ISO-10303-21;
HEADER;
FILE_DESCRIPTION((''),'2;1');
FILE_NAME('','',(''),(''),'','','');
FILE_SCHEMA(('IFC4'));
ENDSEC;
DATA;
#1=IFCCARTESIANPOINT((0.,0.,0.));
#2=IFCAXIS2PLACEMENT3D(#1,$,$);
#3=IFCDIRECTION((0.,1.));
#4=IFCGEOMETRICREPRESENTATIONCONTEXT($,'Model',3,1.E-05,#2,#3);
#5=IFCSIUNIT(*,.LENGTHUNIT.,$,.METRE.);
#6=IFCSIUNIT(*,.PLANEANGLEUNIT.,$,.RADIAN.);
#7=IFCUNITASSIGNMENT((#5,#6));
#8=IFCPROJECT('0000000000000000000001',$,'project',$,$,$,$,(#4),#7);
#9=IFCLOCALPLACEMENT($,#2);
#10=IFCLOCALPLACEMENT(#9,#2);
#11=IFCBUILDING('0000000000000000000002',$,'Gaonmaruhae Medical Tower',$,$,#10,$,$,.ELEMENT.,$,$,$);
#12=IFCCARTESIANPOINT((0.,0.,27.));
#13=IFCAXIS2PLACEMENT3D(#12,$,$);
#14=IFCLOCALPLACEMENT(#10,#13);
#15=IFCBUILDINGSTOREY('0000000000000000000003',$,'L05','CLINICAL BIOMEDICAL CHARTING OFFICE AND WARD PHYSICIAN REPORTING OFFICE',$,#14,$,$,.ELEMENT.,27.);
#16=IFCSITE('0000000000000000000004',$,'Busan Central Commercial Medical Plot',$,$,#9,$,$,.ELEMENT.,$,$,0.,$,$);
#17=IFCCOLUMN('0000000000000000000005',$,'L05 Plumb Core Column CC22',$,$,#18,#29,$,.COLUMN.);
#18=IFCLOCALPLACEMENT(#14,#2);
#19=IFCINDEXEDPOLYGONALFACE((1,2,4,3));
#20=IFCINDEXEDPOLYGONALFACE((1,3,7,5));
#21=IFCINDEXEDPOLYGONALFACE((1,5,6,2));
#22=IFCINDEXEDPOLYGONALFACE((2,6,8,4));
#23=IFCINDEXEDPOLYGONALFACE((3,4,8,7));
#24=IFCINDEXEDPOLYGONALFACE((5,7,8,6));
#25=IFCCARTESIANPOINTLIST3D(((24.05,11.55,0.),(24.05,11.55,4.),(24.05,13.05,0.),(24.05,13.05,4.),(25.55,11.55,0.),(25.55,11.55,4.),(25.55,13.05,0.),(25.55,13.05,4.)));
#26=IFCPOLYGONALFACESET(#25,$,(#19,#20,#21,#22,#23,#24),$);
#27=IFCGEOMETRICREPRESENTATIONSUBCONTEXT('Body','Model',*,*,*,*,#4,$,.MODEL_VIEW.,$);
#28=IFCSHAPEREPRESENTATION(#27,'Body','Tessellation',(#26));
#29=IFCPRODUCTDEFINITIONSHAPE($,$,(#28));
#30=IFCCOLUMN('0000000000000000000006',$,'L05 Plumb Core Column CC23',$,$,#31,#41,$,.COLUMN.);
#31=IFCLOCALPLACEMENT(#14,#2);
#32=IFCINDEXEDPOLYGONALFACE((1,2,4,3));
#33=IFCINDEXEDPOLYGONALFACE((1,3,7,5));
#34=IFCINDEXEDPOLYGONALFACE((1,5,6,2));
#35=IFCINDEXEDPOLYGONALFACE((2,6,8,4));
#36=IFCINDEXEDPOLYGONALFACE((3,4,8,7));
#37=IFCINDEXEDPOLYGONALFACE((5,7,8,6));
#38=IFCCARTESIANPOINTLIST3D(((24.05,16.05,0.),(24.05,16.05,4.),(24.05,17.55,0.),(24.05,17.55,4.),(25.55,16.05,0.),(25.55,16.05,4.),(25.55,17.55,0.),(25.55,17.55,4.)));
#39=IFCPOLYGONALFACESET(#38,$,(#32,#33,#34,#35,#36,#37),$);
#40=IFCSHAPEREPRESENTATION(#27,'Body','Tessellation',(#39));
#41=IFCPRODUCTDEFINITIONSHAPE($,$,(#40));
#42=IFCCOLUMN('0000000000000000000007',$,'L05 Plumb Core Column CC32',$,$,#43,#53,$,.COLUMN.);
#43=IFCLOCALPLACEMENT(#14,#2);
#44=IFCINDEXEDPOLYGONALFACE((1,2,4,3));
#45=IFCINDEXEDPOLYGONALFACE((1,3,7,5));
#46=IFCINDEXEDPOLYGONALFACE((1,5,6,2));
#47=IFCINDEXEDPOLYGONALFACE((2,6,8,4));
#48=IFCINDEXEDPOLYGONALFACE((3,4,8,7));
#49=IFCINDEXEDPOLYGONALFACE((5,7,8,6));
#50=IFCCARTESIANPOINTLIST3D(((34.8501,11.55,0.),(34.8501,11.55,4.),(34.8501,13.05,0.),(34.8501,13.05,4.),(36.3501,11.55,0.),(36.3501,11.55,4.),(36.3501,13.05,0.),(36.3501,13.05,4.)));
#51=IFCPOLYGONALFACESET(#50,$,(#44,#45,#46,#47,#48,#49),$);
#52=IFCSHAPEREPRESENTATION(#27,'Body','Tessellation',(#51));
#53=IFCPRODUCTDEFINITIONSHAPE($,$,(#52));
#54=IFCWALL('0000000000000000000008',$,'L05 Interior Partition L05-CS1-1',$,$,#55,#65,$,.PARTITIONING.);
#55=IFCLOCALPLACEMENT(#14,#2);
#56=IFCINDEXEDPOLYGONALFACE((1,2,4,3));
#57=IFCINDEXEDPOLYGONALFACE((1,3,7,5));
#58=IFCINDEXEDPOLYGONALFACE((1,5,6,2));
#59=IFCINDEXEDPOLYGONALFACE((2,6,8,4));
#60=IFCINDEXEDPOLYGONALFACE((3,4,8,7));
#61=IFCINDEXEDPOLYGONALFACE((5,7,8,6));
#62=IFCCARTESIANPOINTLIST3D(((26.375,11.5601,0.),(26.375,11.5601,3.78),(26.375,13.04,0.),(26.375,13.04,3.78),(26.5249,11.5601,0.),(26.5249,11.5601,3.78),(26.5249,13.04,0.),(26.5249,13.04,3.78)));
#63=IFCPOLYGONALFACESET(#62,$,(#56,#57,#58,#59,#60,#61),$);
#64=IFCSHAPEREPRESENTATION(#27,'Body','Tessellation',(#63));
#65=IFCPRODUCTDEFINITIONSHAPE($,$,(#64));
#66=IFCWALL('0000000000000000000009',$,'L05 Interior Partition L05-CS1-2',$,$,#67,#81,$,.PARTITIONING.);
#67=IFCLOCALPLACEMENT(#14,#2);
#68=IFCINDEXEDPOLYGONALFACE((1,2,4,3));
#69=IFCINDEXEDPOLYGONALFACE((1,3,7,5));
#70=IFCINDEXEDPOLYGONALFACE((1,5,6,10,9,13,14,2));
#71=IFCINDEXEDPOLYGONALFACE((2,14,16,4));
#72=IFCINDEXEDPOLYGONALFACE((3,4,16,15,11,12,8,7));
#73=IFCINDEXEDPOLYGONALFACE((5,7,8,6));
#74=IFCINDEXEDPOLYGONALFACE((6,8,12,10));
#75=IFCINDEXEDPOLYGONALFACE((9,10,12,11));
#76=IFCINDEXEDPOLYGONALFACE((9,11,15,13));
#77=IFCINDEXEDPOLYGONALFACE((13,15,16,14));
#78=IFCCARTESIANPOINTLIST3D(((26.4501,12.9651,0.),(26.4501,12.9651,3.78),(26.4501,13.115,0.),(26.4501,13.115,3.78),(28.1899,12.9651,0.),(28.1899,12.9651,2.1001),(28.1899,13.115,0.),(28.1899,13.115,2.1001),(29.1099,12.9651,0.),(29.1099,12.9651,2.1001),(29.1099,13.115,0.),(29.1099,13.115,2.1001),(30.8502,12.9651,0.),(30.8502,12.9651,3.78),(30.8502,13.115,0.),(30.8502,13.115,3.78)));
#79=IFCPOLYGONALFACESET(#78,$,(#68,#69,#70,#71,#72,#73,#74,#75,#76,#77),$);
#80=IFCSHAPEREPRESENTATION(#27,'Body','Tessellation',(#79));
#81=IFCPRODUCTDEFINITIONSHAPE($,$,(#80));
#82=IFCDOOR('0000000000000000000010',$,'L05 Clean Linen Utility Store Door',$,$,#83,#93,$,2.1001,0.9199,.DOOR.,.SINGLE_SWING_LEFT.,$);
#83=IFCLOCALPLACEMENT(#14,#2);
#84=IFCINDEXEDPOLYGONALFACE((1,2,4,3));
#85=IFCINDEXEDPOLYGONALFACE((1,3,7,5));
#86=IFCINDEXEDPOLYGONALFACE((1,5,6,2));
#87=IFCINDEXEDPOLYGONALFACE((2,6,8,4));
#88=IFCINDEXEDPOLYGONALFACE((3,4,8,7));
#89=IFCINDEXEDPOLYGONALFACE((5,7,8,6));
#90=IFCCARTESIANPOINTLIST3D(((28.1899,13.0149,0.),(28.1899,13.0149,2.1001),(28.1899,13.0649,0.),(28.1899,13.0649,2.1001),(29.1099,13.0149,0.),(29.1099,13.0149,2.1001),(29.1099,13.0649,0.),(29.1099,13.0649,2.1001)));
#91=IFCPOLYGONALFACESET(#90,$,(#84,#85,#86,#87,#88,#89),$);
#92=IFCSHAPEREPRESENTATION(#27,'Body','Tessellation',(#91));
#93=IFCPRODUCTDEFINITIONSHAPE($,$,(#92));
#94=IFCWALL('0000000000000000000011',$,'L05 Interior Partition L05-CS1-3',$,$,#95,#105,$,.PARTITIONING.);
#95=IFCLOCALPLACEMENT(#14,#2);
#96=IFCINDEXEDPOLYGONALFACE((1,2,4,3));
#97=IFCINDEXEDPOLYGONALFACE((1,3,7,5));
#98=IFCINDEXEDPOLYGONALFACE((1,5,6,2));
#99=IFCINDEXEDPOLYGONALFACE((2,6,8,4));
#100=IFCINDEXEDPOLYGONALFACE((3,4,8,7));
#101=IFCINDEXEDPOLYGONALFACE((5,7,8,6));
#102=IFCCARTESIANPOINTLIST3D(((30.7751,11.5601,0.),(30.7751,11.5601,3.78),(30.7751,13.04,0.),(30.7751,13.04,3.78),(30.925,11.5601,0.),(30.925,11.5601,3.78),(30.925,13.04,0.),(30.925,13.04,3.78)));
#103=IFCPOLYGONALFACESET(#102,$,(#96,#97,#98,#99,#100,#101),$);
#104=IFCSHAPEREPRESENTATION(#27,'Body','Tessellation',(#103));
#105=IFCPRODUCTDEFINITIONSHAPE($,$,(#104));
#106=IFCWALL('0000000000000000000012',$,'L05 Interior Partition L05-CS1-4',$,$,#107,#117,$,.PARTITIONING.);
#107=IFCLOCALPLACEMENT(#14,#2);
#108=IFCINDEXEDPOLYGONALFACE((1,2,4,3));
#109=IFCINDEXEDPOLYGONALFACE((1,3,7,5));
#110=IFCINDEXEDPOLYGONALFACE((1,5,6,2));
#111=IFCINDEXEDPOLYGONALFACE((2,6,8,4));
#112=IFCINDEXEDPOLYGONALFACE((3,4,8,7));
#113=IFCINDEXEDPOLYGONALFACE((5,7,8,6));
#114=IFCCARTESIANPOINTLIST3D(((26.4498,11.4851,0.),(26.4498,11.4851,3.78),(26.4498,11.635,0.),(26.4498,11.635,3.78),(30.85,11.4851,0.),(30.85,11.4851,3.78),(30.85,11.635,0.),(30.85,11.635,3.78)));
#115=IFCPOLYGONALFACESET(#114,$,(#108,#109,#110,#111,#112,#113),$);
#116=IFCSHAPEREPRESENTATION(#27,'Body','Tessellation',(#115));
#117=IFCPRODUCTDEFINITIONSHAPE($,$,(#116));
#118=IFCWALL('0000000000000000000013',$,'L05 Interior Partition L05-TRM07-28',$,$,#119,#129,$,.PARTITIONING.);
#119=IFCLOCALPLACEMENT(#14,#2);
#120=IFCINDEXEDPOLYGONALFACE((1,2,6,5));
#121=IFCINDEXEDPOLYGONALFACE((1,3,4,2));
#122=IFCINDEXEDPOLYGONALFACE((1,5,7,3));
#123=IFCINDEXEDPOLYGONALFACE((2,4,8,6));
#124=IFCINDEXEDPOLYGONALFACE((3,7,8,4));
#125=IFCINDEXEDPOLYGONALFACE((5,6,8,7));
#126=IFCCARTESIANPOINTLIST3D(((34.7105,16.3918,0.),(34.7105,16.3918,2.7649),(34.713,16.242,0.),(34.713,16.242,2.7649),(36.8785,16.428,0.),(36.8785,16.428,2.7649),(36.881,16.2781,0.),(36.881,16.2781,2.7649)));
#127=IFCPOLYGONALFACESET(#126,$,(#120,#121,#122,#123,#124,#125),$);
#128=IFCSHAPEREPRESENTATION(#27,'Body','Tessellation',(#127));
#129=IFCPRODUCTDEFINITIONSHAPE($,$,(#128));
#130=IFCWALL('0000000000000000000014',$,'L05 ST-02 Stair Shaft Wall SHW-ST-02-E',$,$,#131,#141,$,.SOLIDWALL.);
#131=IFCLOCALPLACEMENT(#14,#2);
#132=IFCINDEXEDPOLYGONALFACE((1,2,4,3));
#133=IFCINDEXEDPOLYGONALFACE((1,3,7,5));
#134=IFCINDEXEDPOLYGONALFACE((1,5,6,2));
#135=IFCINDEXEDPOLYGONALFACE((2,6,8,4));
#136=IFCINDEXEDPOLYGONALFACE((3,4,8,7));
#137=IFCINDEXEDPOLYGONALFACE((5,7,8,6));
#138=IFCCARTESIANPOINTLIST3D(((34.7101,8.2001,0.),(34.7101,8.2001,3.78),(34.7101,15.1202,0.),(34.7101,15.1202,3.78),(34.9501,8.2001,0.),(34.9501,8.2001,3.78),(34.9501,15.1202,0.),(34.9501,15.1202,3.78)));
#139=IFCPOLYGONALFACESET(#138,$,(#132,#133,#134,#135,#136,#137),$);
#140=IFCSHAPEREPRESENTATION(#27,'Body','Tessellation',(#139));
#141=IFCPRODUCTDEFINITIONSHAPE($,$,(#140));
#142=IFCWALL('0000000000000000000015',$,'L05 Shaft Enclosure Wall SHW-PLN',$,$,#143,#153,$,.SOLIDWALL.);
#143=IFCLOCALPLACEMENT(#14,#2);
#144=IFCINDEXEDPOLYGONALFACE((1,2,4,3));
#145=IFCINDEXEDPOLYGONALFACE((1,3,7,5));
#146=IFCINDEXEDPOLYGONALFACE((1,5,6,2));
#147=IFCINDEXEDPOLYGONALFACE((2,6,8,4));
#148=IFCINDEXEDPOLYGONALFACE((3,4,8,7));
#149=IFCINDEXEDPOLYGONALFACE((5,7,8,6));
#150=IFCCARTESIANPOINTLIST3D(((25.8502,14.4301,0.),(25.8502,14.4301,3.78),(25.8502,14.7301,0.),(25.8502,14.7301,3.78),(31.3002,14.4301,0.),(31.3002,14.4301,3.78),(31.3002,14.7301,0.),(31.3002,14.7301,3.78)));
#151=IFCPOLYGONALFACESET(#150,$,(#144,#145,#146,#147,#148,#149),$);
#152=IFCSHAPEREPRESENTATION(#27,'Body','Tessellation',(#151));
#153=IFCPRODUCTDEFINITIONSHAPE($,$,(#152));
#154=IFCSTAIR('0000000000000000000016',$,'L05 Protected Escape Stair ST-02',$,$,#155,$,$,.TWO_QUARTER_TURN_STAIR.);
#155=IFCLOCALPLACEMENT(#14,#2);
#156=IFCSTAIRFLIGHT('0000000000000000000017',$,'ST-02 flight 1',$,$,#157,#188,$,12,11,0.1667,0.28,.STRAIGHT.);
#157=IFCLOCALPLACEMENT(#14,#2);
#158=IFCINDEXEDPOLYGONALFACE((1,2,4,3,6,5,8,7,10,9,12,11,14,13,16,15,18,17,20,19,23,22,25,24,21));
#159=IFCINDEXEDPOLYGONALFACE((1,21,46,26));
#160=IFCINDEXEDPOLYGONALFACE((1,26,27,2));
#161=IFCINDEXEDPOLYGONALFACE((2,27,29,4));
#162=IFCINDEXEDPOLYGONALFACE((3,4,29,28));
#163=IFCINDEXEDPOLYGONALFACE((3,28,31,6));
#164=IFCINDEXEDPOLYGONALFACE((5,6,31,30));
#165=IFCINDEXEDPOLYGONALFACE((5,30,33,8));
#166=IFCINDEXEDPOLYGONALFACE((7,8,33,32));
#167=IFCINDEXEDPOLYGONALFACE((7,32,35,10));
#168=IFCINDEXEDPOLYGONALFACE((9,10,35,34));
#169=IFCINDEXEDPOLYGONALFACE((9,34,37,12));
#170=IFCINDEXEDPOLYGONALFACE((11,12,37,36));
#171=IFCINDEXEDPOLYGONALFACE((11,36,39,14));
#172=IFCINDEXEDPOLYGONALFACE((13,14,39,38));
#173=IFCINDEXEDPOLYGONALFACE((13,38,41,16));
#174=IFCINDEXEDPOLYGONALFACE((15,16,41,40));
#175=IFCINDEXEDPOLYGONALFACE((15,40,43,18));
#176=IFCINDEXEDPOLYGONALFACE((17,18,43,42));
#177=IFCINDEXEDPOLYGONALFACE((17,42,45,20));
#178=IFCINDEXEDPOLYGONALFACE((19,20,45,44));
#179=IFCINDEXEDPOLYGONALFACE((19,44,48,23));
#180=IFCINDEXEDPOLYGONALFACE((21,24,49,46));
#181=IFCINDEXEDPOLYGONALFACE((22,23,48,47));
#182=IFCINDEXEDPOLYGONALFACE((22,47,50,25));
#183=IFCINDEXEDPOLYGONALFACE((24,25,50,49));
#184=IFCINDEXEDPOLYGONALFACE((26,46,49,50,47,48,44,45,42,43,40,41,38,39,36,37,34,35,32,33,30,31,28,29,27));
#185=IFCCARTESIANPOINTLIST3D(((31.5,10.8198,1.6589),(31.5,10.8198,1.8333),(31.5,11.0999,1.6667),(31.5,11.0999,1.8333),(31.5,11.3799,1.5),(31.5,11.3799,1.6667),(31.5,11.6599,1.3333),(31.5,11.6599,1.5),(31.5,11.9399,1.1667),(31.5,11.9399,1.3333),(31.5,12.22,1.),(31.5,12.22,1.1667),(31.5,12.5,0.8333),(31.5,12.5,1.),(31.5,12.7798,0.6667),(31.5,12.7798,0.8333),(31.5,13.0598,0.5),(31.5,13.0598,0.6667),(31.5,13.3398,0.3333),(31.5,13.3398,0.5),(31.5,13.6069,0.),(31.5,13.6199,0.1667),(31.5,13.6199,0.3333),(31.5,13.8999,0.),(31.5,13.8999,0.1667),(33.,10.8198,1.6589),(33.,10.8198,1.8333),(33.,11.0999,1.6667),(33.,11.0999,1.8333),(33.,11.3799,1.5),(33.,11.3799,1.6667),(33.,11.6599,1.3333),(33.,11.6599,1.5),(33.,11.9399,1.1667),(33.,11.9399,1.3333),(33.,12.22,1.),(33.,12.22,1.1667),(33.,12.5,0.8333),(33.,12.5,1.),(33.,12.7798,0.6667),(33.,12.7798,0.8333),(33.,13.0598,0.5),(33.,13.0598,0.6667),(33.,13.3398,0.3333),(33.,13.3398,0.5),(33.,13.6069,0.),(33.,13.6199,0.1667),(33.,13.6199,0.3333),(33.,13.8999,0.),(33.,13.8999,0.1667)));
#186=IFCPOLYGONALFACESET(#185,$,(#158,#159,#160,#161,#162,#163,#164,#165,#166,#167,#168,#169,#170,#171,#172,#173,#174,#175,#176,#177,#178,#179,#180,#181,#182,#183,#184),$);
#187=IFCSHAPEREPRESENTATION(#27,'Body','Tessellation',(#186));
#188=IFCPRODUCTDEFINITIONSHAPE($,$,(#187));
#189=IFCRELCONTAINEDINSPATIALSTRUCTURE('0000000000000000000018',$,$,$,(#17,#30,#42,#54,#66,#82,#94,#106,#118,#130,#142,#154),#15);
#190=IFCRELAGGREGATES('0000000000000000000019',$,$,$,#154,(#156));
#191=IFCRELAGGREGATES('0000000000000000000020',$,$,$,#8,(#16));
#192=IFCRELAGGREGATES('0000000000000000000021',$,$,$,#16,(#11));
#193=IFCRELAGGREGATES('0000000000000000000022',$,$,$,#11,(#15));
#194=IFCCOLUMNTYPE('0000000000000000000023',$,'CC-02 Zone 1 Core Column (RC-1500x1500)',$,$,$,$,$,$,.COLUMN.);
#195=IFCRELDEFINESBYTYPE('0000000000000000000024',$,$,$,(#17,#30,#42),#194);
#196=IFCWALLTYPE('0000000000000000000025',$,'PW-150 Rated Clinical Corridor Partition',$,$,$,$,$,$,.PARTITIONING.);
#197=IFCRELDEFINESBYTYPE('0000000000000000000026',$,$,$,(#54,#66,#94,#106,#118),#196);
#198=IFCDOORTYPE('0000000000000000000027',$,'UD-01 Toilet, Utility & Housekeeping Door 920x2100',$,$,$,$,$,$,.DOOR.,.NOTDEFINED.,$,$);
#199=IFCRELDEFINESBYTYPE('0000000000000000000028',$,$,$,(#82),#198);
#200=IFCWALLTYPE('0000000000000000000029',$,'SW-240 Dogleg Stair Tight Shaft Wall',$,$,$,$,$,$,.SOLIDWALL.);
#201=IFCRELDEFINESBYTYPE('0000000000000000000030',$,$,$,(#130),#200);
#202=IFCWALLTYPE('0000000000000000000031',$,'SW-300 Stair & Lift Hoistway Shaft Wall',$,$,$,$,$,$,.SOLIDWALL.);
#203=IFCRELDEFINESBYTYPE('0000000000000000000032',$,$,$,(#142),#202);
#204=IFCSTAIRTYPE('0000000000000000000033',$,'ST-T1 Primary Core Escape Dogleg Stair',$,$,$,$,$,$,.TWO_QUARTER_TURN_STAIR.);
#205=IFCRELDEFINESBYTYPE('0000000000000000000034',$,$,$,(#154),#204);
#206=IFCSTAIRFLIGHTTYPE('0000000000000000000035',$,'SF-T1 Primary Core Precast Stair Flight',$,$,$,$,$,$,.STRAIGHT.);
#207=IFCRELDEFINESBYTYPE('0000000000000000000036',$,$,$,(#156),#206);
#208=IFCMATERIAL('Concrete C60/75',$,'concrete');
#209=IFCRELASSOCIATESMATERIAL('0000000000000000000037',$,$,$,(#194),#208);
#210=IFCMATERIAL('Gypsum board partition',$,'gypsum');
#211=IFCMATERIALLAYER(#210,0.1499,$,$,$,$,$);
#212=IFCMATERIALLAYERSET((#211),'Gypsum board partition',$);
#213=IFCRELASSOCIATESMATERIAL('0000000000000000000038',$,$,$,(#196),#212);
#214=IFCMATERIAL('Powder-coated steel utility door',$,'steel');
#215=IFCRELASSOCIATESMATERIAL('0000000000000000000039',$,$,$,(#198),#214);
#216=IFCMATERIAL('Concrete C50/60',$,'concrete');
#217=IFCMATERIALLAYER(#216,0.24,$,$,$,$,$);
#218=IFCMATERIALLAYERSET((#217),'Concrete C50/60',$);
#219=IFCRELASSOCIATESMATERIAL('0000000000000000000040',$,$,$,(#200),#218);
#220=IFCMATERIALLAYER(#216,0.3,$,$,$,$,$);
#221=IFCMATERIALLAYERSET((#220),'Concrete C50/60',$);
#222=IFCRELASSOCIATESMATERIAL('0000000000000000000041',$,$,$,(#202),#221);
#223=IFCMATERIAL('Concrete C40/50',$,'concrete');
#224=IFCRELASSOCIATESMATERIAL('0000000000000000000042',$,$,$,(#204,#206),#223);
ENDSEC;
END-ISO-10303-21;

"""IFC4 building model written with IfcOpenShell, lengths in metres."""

from ifc_helpers import new_model, si_unit, direction, frame, frame_2d, origin, origin_2d, place, context, subcontext, project, spatial, polyline, rectangle, outline, extrude, material, layer, layer_set, material_profile, profile_set, type_object, element, fill, aggregate, save


model = new_model("IFC4")

# Units and contexts
model_context = context("Model", 3, precision=1e-05, world=origin(), true_north=direction((0.0, 1.0)))
body_context = subcontext(model_context, "Body", "Model", "MODEL_VIEW")
ifc_project = project(units=[si_unit("LENGTHUNIT", "METRE"), si_unit("PLANEANGLEUNIT", "RADIAN")], contexts=[model_context])

# Site, building, storey
site_placement = place(None, origin())
site = spatial("IfcSite", under=ifc_project, at=site_placement, Name="Busan Central Commercial Medical Plot", CompositionType="ELEMENT", RefElevation=0.0)
building_placement = place(site_placement, origin())
building = spatial("IfcBuilding", under=site, at=building_placement, Name="Gaonmaruhae Medical Tower", CompositionType="ELEMENT")
storey_placement = place(building_placement, frame((0.0, 0.0, 27.0)))
storey = spatial("IfcBuildingStorey", under=building, at=storey_placement, Name="L05", Description="CLINICAL BIOMEDICAL CHARTING OFFICE AND WARD PHYSICIAN REPORTING OFFICE", CompositionType="ELEMENT", Elevation=27.0)

# Columns
ifc_material_1 = material(Name="Concrete C60/75", Category="concrete")
ifc_material_profile = material_profile(ifc_material_1, rectangle(XDim=1.5, YDim=1.5, at=origin_2d()), Name="RC-1500x1500")
ifc_profile_set = profile_set([ifc_material_profile], Name="Concrete C60/75")
column_type = type_object("IfcColumnType", Name="CC-02 Zone 1 Core Column (RC-1500x1500)", PredefinedType="COLUMN", material=ifc_profile_set)
for number, where, z_axis, x_axis, name in (
    (1, (24.8, 12.3, 0.0), (0.0, 0.0, 1.0), (1.0, 0.0, 0.0), "L05 Plumb Core Column CC22"),
    (2, (24.8, 16.8, 0.0), (0.0, 0.0, 1.0), (1.0, 0.0, 0.0), "L05 Plumb Core Column CC23"),
    (3, (35.6001, 12.3, 0.0), (0.0, 0.0, 1.0), (1.0, 0.0, 0.0), "L05 Plumb Core Column CC32"),
):
    element("IfcColumn", number, at=place(storey_placement, frame(where, z_axis=z_axis, x_axis=x_axis)), inside=storey, type_object=column_type, Name=name, PredefinedType="COLUMN", context=body_context, shape_type="SweptSolid", body=[
        extrude(rectangle(XDim=1.5, YDim=1.5, at=origin_2d()), origin(), (0.0, 0.0, 1.0), 4.0),
    ])

# Wall
ifc_material_2 = material(Name="Gypsum board partition", Category="gypsum")
ifc_layer_1 = layer(ifc_material_2, 0.1499)
ifc_layer_set_1 = layer_set([ifc_layer_1], Name="Gypsum board partition")
wall_type_1 = type_object("IfcWallType", Name="PW-150 Rated Clinical Corridor Partition", PredefinedType="PARTITIONING", material=ifc_layer_set_1)
wall_1_placement = place(storey_placement, frame((26.45, 11.5601, 0.0), z_axis=(0.0, 0.0, 1.0), x_axis=(0.0, 1.0, 0.0)))
element("IfcWall", 4, at=wall_1_placement, inside=storey, type_object=wall_type_1, Name="L05 Interior Partition L05-CS1-1", PredefinedType="PARTITIONING", context=body_context, shape_type="SweptSolid", body=[
    extrude(rectangle(XDim=1.48, YDim=0.1499, at=frame_2d((0.74, 0.0))), origin(), (0.0, 0.0, 1.0), 3.78),
])

# Wall, opening, door
wall_2_placement = place(storey_placement, frame((26.45, 13.04, 0.0), z_axis=(0.0, 0.0, 1.0), x_axis=(1.0, 0.0, 0.0)))
wall_2 = element("IfcWall", 5, at=wall_2_placement, inside=storey, type_object=wall_type_1, Name="L05 Interior Partition L05-CS1-2", PredefinedType="PARTITIONING", context=body_context, shape_type="SweptSolid", body=[
    extrude(rectangle(XDim=4.4001, YDim=0.1499, at=frame_2d((2.2002, 0.0))), origin(), (0.0, 0.0, 1.0), 3.78),
])
opening_1_placement = place(wall_2_placement, frame((1.74, 0.0, 0.0)))
opening_1 = element("IfcOpeningElement", 6, at=opening_1_placement, cuts=wall_2, PredefinedType="OPENING", context=body_context, shape_type="SweptSolid", body=[
    extrude(rectangle(XDim=0.9199, YDim=2.1001, at=frame_2d((0.46, 1.05))), frame((0.0, 0.085, 0.0), z_axis=(0.0, -1.0, 0.0), x_axis=(1.0, 0.0, 0.0)), (0.0, 0.0, 1.0), 0.1699),
])
ifc_material_3 = material(Name="Powder-coated steel utility door", Category="steel")
door_type_1 = type_object("IfcDoorType", Name="UD-01 Toilet, Utility & Housekeeping Door 920x2100", OperationType="NOTDEFINED", PredefinedType="DOOR", material=ifc_material_3)
door_1_placement = place(opening_1_placement, origin())
door_1 = element("IfcDoor", 7, at=door_1_placement, inside=storey, type_object=door_type_1, Name="L05 Clean Linen Utility Store Door", OperationType="SINGLE_SWING_LEFT", OverallHeight=2.1001, OverallWidth=0.9199, PredefinedType="DOOR", context=body_context, shape_type="SweptSolid", body=[
    extrude(rectangle(XDim=0.9199, YDim=2.1001, at=frame_2d((0.46, 1.05))), frame((0.0, 0.0249, 0.0), z_axis=(0.0, -1.0, 0.0), x_axis=(1.0, 0.0, 0.0)), (0.0, 0.0, 1.0), 0.05),
])
fill(opening_1, door_1)

# Walls
wall_3_placement = place(storey_placement, frame((30.8501, 13.04, 0.0), z_axis=(0.0, 0.0, 1.0), x_axis=(0.0, -1.0, 0.0)))
element("IfcWall", 8, at=wall_3_placement, inside=storey, type_object=wall_type_1, Name="L05 Interior Partition L05-CS1-3", PredefinedType="PARTITIONING", context=body_context, shape_type="SweptSolid", body=[
    extrude(rectangle(XDim=1.48, YDim=0.1499, at=frame_2d((0.74, 0.0))), origin(), (0.0, 0.0, 1.0), 3.78),
])
wall_4_placement = place(storey_placement, frame((30.8501, 11.5601, 0.0), z_axis=(0.0, 0.0, 1.0), x_axis=(-1.0, 0.0, 0.0)))
element("IfcWall", 9, at=wall_4_placement, inside=storey, type_object=wall_type_1, Name="L05 Interior Partition L05-CS1-4", PredefinedType="PARTITIONING", context=body_context, shape_type="SweptSolid", body=[
    extrude(rectangle(XDim=4.4001, YDim=0.1499, at=frame_2d((2.2002, 0.0))), origin(), (0.0, 0.0, 1.0), 3.78),
])
wall_5_placement = place(storey_placement, frame((34.7119, 16.3169, 0.0), z_axis=(0.0, 0.0, 1.0), x_axis=(0.999861, 0.016664, 0.0)))
element("IfcWall", 10, at=wall_5_placement, inside=storey, type_object=wall_type_1, Name="L05 Interior Partition L05-TRM07-28", PredefinedType="PARTITIONING", context=body_context, shape_type="SweptSolid", body=[
    extrude(rectangle(XDim=2.1682, YDim=0.1499, at=frame_2d((1.084, 0.0))), origin(), (0.0, 0.0, 1.0), 2.7649),
])

# Shared definitions
ifc_material_4 = material(Name="Concrete C50/60", Category="concrete")
ifc_layer_2 = layer(ifc_material_4, 0.24)
ifc_layer_set_2 = layer_set([ifc_layer_2], Name="Concrete C50/60")
wall_type_2 = type_object("IfcWallType", Name="SW-240 Dogleg Stair Tight Shaft Wall", PredefinedType="SOLIDWALL", material=ifc_layer_set_2)

# Wall
wall_6_placement = place(storey_placement, frame((34.8301, 15.1201, 0.0), z_axis=(0.0, 0.0, 1.0), x_axis=(0.0, -1.0, 0.0)))
element("IfcWall", 11, at=wall_6_placement, inside=storey, type_object=wall_type_2, Name="L05 ST-02 Stair Shaft Wall SHW-ST-02-E", PredefinedType="SOLIDWALL", context=body_context, shape_type="SweptSolid", body=[
    extrude(rectangle(XDim=6.9202, YDim=0.24, at=frame_2d((3.46, 0.0))), origin(), (0.0, 0.0, 1.0), 3.78),
])

# Shared definitions
ifc_layer_3 = layer(ifc_material_4, 0.3)
ifc_layer_set_3 = layer_set([ifc_layer_3], Name="Concrete C50/60")
wall_type_3 = type_object("IfcWallType", Name="SW-300 Stair & Lift Hoistway Shaft Wall", PredefinedType="SOLIDWALL", material=ifc_layer_set_3)

# Wall
wall_7_placement = place(storey_placement, frame((25.8501, 14.5801, 0.0), z_axis=(0.0, 0.0, 1.0), x_axis=(1.0, 0.0, 0.0)))
element("IfcWall", 12, at=wall_7_placement, inside=storey, type_object=wall_type_3, Name="L05 Shaft Enclosure Wall SHW-PLN", PredefinedType="SOLIDWALL", context=body_context, shape_type="SweptSolid", body=[
    extrude(rectangle(XDim=5.45, YDim=0.3, at=frame_2d((2.7251, 0.0))), origin(), (0.0, 0.0, 1.0), 3.78),
])

# Stair, stair flight
ifc_material_5 = material(Name="Concrete C40/50", Category="concrete")
stair_type = type_object("IfcStairType", Name="ST-T1 Primary Core Escape Dogleg Stair", PredefinedType="TWO_QUARTER_TURN_STAIR", material=ifc_material_5)
stair_placement = place(storey_placement, origin())
stair = element("IfcStair", 13, at=stair_placement, inside=storey, type_object=stair_type, Name="L05 Protected Escape Stair ST-02", PredefinedType="TWO_QUARTER_TURN_STAIR")
stair_flight_type = type_object("IfcStairFlightType", Name="SF-T1 Primary Core Precast Stair Flight", PredefinedType="STRAIGHT", material=ifc_material_5)
stair_flight_1_placement = place(storey_placement, frame((32.25, 13.8999, 0.0), z_axis=(0.0, 0.0, 1.0), x_axis=(0.0, -1.0, 0.0)))
stair_flight_1 = element("IfcStairFlight", 14, at=stair_flight_1_placement, type_object=stair_flight_type, Name="ST-02 flight 1", NumberOfRisers=12, NumberOfTreads=11, PredefinedType="STRAIGHT", RiserHeight=0.1667, TreadLength=0.28, context=body_context, shape_type="SweptSolid", body=[
    extrude(outline(polyline([(0.0, 0.0), (0.0, 0.1667), (0.28, 0.1667), (0.28, 0.3333), (0.5601, 0.3333), (0.5601, 0.5), (0.8401, 0.5), (0.8401, 0.6667), (1.1201, 0.6667), (1.1201, 0.8333), (1.3999, 0.8333), (1.3999, 1.0), (1.6799, 1.0), (1.6799, 1.1667), (1.96, 1.1667), (1.96, 1.3333), (2.24, 1.3333), (2.24, 1.5), (2.52, 1.5), (2.52, 1.6667), (2.8, 1.6667), (2.8, 1.8333), (3.0801, 1.8333), (3.0801, 2.0), (3.0801, 1.6589), (0.293, 0.0), (0.0, 0.0)])), frame((0.0, 0.75, 0.0), z_axis=(0.0, -1.0, 0.0), x_axis=(1.0, 0.0, 0.0)), (0.0, 0.0, 1.0), 1.5),
])
aggregate(stair, [stair_flight_1])

save(model, "model.ifc")
